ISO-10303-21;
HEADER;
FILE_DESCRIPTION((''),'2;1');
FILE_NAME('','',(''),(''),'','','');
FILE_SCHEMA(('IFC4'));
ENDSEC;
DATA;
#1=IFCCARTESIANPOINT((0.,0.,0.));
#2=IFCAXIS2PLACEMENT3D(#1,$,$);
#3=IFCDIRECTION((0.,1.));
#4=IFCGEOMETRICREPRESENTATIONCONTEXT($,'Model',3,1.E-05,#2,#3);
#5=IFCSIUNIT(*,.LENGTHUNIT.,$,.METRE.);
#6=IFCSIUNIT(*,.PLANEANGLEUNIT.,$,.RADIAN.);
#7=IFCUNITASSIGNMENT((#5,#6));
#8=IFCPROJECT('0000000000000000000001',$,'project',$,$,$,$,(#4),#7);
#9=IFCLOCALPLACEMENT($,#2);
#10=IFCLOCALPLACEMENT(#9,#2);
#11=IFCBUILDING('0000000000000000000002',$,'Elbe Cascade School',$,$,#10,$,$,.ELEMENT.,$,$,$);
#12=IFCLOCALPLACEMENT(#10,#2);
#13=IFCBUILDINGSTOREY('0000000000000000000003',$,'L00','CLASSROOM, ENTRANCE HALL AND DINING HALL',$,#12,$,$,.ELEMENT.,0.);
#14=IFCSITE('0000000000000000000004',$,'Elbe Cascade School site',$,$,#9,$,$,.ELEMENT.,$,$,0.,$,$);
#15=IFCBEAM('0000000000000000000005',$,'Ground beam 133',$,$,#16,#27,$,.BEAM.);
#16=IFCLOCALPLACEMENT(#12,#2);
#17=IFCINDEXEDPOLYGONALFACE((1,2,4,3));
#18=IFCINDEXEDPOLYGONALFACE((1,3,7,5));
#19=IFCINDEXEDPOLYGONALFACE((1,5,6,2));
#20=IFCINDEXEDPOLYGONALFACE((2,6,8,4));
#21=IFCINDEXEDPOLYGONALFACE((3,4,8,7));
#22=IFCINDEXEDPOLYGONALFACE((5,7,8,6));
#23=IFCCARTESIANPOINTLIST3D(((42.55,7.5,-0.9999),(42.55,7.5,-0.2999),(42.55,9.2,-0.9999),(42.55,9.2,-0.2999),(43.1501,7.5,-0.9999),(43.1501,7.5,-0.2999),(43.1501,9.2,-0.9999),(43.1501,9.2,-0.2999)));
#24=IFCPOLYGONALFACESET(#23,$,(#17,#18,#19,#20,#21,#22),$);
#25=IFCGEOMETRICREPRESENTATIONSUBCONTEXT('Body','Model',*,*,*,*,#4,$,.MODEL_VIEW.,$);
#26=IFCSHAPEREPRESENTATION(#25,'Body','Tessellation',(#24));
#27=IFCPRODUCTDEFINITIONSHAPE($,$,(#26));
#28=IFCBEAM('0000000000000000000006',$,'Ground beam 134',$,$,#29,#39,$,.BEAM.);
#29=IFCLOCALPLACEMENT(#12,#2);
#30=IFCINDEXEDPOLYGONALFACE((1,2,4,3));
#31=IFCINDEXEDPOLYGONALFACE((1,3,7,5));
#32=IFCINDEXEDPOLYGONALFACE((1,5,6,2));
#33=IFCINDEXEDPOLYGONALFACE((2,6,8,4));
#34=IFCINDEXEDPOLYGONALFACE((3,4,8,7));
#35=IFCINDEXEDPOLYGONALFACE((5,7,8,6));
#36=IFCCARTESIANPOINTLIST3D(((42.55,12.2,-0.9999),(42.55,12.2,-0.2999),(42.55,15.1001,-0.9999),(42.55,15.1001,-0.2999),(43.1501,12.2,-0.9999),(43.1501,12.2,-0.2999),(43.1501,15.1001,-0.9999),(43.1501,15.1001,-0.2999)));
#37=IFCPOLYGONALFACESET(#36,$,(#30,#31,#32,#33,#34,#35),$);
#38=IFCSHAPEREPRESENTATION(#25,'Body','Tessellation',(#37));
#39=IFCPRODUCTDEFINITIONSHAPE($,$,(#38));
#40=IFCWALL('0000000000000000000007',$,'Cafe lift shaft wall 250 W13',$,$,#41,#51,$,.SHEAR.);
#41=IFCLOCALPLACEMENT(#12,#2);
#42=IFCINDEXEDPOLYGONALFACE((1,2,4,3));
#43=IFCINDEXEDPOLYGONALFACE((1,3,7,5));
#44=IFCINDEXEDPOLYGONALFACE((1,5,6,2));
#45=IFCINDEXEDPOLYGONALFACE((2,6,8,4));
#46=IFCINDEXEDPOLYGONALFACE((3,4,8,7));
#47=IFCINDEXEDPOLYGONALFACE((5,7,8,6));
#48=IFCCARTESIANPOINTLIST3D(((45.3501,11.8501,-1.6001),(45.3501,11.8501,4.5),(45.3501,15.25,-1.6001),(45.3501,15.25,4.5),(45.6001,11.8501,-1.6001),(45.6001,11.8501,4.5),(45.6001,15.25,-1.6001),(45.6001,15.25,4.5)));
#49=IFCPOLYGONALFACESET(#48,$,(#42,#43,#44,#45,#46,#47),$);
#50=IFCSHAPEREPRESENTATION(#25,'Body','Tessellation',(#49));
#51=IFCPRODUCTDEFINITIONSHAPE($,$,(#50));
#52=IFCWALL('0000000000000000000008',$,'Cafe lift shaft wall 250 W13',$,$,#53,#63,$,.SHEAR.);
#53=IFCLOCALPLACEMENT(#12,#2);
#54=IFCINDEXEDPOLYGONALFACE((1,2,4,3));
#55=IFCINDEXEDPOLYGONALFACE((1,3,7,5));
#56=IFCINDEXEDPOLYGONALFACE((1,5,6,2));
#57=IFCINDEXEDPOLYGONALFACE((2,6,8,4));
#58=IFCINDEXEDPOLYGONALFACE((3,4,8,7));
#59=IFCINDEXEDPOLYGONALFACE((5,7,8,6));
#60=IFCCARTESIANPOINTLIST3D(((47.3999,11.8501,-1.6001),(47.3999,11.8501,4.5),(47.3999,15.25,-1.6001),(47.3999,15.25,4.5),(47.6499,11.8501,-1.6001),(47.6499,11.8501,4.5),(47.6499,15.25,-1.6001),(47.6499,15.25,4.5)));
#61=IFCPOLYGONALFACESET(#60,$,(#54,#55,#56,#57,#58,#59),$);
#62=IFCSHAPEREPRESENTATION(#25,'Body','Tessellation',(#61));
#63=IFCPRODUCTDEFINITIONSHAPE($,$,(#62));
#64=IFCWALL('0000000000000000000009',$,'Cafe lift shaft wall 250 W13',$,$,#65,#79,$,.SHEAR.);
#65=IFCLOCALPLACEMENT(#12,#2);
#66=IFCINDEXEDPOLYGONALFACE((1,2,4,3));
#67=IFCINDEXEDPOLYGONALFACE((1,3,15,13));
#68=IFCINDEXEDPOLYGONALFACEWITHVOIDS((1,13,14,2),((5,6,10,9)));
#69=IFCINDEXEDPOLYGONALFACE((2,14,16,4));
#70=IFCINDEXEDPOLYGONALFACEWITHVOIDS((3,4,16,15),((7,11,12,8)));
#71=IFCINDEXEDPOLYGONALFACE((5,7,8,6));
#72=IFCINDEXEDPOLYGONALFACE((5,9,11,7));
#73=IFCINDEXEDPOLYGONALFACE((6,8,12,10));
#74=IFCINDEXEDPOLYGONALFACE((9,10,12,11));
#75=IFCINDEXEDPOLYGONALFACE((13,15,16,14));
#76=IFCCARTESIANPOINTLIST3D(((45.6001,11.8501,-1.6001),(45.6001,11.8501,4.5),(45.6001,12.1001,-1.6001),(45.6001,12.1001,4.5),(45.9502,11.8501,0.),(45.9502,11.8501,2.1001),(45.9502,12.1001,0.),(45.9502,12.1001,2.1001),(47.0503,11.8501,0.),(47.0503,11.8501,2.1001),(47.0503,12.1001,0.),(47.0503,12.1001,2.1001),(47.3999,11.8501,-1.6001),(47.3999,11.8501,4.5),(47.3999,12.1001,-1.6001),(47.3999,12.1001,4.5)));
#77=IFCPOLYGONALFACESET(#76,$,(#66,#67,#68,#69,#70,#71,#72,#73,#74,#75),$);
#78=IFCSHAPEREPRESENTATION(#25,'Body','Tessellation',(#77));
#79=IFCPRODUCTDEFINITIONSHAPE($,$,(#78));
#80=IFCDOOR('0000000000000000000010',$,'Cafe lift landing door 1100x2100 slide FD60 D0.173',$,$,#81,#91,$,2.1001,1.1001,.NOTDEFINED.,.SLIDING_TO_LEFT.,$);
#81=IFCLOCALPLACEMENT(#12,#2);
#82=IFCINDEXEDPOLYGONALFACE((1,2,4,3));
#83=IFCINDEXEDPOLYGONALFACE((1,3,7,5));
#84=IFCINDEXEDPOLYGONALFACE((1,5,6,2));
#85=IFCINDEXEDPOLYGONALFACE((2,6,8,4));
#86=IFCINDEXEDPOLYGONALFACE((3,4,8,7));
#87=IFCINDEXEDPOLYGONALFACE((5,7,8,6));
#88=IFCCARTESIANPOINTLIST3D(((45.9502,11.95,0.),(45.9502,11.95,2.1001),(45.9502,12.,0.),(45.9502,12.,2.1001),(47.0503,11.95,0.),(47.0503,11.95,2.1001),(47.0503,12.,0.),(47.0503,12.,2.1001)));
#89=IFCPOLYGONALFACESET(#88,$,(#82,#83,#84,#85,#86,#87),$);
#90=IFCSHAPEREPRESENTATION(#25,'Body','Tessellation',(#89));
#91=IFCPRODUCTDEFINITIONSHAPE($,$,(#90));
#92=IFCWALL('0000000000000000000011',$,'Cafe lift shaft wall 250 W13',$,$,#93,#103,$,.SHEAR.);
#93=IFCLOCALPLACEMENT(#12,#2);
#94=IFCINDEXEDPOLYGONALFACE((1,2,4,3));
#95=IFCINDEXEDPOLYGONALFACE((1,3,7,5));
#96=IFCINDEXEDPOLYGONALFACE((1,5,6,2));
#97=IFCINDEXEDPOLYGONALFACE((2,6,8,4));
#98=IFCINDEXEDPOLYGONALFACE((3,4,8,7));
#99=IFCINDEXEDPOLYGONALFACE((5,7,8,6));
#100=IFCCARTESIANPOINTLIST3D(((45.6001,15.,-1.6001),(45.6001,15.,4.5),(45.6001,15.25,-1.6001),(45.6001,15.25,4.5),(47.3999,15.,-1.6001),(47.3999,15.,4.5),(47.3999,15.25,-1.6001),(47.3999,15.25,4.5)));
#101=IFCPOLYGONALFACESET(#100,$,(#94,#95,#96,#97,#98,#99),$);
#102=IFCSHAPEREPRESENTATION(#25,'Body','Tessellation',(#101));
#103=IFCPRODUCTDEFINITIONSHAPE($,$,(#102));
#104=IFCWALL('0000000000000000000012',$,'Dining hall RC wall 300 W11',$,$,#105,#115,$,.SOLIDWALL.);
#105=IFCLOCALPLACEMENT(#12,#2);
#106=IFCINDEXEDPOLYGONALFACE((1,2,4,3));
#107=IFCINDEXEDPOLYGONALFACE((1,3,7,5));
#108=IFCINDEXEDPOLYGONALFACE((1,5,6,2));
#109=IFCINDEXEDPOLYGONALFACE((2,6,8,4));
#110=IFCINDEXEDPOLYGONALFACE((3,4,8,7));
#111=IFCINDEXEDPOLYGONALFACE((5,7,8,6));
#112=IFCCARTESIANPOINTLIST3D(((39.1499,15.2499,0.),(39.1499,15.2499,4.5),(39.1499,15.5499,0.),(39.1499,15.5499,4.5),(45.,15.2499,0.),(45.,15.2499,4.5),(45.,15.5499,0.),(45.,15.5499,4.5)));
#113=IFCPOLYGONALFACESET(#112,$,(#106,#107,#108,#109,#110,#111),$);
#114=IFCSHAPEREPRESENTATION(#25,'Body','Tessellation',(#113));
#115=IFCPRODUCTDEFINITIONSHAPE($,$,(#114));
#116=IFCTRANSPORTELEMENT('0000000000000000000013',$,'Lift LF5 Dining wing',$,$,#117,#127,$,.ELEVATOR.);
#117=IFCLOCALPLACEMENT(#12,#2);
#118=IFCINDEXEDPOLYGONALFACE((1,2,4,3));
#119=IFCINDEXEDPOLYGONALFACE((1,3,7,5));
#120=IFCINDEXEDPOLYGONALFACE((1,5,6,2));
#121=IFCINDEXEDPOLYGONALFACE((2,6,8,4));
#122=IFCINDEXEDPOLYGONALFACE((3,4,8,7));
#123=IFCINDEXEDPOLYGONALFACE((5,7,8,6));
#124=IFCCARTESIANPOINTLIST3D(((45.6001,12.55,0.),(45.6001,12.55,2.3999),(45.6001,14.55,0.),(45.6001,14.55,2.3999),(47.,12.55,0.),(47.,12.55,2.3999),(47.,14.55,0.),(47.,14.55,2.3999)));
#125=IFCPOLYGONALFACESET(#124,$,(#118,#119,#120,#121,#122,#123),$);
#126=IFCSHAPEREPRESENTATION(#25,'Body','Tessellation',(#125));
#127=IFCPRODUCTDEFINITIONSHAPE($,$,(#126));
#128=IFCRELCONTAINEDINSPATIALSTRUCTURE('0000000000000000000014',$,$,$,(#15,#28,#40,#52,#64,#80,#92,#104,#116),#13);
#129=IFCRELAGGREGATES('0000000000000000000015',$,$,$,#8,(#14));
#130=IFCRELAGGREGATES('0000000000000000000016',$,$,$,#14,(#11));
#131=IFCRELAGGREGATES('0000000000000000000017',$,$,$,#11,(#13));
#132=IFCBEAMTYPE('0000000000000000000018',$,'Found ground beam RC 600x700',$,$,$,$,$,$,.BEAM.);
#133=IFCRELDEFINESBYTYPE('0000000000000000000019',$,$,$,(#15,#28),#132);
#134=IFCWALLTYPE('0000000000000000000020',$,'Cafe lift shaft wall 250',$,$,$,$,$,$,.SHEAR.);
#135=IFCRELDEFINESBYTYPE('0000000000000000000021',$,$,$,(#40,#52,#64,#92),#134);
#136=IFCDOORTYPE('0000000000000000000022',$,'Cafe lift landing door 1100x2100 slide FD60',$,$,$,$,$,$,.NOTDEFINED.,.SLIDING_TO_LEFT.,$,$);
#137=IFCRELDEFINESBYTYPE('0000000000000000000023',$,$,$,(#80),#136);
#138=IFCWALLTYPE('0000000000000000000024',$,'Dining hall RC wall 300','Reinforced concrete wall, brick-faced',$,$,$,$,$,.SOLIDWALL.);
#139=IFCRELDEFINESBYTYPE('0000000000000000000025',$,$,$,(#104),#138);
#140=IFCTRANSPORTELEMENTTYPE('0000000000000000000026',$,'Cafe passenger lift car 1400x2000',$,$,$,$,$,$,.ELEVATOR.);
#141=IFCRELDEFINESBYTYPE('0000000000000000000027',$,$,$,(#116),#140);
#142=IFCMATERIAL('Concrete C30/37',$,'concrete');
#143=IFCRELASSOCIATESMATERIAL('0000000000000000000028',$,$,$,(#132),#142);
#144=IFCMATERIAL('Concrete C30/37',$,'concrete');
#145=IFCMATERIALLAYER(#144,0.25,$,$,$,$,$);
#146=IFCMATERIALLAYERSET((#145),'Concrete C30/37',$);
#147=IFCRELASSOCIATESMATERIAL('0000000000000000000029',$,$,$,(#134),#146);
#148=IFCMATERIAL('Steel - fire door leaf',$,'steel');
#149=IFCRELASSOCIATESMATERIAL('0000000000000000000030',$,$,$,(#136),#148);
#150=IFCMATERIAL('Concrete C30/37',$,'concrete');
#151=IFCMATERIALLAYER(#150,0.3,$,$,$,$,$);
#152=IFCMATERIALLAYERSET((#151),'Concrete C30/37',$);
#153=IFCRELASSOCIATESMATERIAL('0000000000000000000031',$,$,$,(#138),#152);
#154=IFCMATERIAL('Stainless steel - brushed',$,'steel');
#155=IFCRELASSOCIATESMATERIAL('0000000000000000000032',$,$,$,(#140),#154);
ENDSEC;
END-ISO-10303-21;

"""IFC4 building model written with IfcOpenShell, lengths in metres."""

from ifc_helpers import new_model, si_unit, direction, frame, frame_2d, origin, origin_2d, place, context, subcontext, project, spatial, rectangle, extrude, material, layer, layer_set, material_profile, profile_set, type_object, element, fill, save


model = new_model("IFC4")

# Units and contexts
model_context = context("Model", 3, precision=1e-05, world=origin(), true_north=direction((0.0, 1.0)))
body_context = subcontext(model_context, "Body", "Model", "MODEL_VIEW")
ifc_project = project(units=[si_unit("LENGTHUNIT", "METRE"), si_unit("PLANEANGLEUNIT", "RADIAN")], contexts=[model_context])

# Site, building, storey
site_placement = place(None, origin())
site = spatial("IfcSite", under=ifc_project, at=site_placement, Name="Elbe Cascade School site", CompositionType="ELEMENT", RefElevation=0.0)
building_placement = place(site_placement, origin())
building = spatial("IfcBuilding", under=site, at=building_placement, Name="Elbe Cascade School", CompositionType="ELEMENT")
storey_placement = place(building_placement, origin())
storey = spatial("IfcBuildingStorey", under=building, at=storey_placement, Name="L00", Description="CLASSROOM, ENTRANCE HALL AND DINING HALL", CompositionType="ELEMENT", Elevation=0.0)

# Beams
ifc_material_1 = material(Name="Concrete C30/37", Category="concrete")
ifc_material_profile_1 = material_profile(ifc_material_1, rectangle(XDim=0.6001, YDim=0.7, at=origin_2d()), Name="RC 600x700")
ifc_profile_set_1 = profile_set([ifc_material_profile_1], Name="Concrete C30/37")
beam_type_1 = type_object("IfcBeamType", Name="Found ground beam RC 600x700", PredefinedType="BEAM", material=ifc_profile_set_1)
beam_1_placement = place(storey_placement, frame((42.8501, 7.5, -0.6499), z_axis=(0.0, 1.0, 0.0), x_axis=(-1.0, 0.0, 0.0)))
element("IfcBeam", 1, at=beam_1_placement, inside=storey, type_object=beam_type_1, Name="Ground beam 133", PredefinedType="BEAM", context=body_context, shape_type="SweptSolid", body=[
    extrude(rectangle(XDim=0.6001, YDim=0.7, at=origin_2d()), origin(), (0.0, 0.0, 1.0), 1.7),
])
beam_2_placement = place(storey_placement, frame((42.8501, 12.2, -0.6499), z_axis=(0.0, 1.0, 0.0), x_axis=(-1.0, 0.0, 0.0)))
element("IfcBeam", 2, at=beam_2_placement, inside=storey, type_object=beam_type_1, Name="Ground beam 134", PredefinedType="BEAM", context=body_context, shape_type="SweptSolid", body=[
    extrude(rectangle(XDim=0.6001, YDim=0.7, at=origin_2d()), origin(), (0.0, 0.0, 1.0), 2.9001),
])

# Walls
ifc_material_2 = material(Name="Concrete C30/37", Category="concrete")
ifc_layer_1 = layer(ifc_material_2, 0.25)
ifc_layer_set_1 = layer_set([ifc_layer_1], Name="Concrete C30/37")
wall_type_1 = type_object("IfcWallType", Name="Cafe lift shaft wall 250", PredefinedType="SHEAR", material=ifc_layer_set_1)
for number, where, z_axis, x_axis, name in (
    (3, (45.4751, 11.8501, -1.6001), (0.0, 0.0, 1.0), (0.0, 1.0, 0.0), "Cafe lift shaft wall 250 W13"),
    (4, (47.5249, 11.8501, -1.6001), (0.0, 0.0, 1.0), (0.0, 1.0, 0.0), "Cafe lift shaft wall 250 W13"),
):
    element("IfcWall", number, at=place(storey_placement, frame(where, z_axis=z_axis, x_axis=x_axis)), inside=storey, type_object=wall_type_1, Name=name, PredefinedType="SHEAR", context=body_context, shape_type="SweptSolid", body=[
        extrude(rectangle(XDim=3.3999, YDim=0.25, at=frame_2d((1.7, 0.0))), origin(), (0.0, 0.0, 1.0), 6.1001),
    ])

# Wall, opening, door
wall_1_placement = place(storey_placement, frame((45.6001, 11.9751, -1.6001), z_axis=(0.0, 0.0, 1.0), x_axis=(1.0, 0.0, 0.0)))
wall_1 = element("IfcWall", 5, at=wall_1_placement, inside=storey, type_object=wall_type_1, Name="Cafe lift shaft wall 250 W13", PredefinedType="SHEAR", context=body_context, shape_type="SweptSolid", body=[
    extrude(rectangle(XDim=1.7998, YDim=0.25, at=frame_2d((0.8999, 0.0))), origin(), (0.0, 0.0, 1.0), 6.1001),
])
opening_placement = place(wall_1_placement, frame((0.3501, 0.0, 1.6001)))
opening = element("IfcOpeningElement", 6, at=opening_placement, cuts=wall_1, PredefinedType="OPENING", context=body_context, shape_type="SweptSolid", body=[
    extrude(rectangle(XDim=1.1001, YDim=2.1001, at=frame_2d((0.55, 1.05))), frame((0.0, 0.135, 0.0), z_axis=(0.0, -1.0, 0.0), x_axis=(1.0, 0.0, 0.0)), (0.0, 0.0, 1.0), 0.27),
])
ifc_material_3 = material(Name="Steel - fire door leaf", Category="steel")
door_type = type_object("IfcDoorType", Name="Cafe lift landing door 1100x2100 slide FD60", OperationType="SLIDING_TO_LEFT", PredefinedType="NOTDEFINED", material=ifc_material_3)
door_placement = place(opening_placement, origin())
door = element("IfcDoor", 7, at=door_placement, inside=storey, type_object=door_type, Name="Cafe lift landing door 1100x2100 slide FD60 D0.173", OperationType="SLIDING_TO_LEFT", OverallHeight=2.1001, OverallWidth=1.1001, PredefinedType="NOTDEFINED", context=body_context, shape_type="SweptSolid", body=[
    extrude(rectangle(XDim=1.1001, YDim=2.1001, at=frame_2d((0.55, 1.05))), frame((0.0, 0.0249, 0.0), z_axis=(0.0, -1.0, 0.0), x_axis=(1.0, 0.0, 0.0)), (0.0, 0.0, 1.0), 0.05),
])
fill(opening, door)

# Walls
wall_2_placement = place(storey_placement, frame((45.6001, 15.125, -1.6001), z_axis=(0.0, 0.0, 1.0), x_axis=(1.0, 0.0, 0.0)))
element("IfcWall", 8, at=wall_2_placement, inside=storey, type_object=wall_type_1, Name="Cafe lift shaft wall 250 W13", PredefinedType="SHEAR", context=body_context, shape_type="SweptSolid", body=[
    extrude(rectangle(XDim=1.7998, YDim=0.25, at=frame_2d((0.8999, 0.0))), origin(), (0.0, 0.0, 1.0), 6.1001),
])
ifc_material_4 = material(Name="Concrete C30/37", Category="concrete")
ifc_layer_2 = layer(ifc_material_4, 0.3)
ifc_layer_set_2 = layer_set([ifc_layer_2], Name="Concrete C30/37")
wall_type_2 = type_object("IfcWallType", Name="Dining hall RC wall 300", Description="Reinforced concrete wall, brick-faced", PredefinedType="SOLIDWALL", material=ifc_layer_set_2)
wall_3_placement = place(storey_placement, frame((45.0, 15.3999, 0.0), z_axis=(0.0, 0.0, 1.0), x_axis=(-1.0, 0.0, 0.0)))
element("IfcWall", 9, at=wall_3_placement, inside=storey, type_object=wall_type_2, Name="Dining hall RC wall 300 W11", PredefinedType="SOLIDWALL", context=body_context, shape_type="SweptSolid", body=[
    extrude(rectangle(XDim=5.8501, YDim=0.3, at=frame_2d((2.925, 0.0))), origin(), (0.0, 0.0, 1.0), 4.5),
])

# Transport element
ifc_material_5 = material(Name="Stainless steel - brushed", Category="steel")
transport_element_type = type_object("IfcTransportElementType", Name="Cafe passenger lift car 1400x2000", PredefinedType="ELEVATOR", material=ifc_material_5)
transport_element_placement = place(storey_placement, frame((46.3, 13.55, 0.0), z_axis=(0.0, 0.0, 1.0), x_axis=(1.0, 0.0, 0.0)))
element("IfcTransportElement", 10, at=transport_element_placement, inside=storey, type_object=transport_element_type, Name="Lift LF5 Dining wing", PredefinedType="ELEVATOR", context=body_context, shape_type="SweptSolid", body=[
    extrude(rectangle(XDim=1.3999, YDim=2.0, at=origin_2d()), origin(), (0.0, 0.0, 1.0), 2.3999),
])

save(model, "model.ifc")
